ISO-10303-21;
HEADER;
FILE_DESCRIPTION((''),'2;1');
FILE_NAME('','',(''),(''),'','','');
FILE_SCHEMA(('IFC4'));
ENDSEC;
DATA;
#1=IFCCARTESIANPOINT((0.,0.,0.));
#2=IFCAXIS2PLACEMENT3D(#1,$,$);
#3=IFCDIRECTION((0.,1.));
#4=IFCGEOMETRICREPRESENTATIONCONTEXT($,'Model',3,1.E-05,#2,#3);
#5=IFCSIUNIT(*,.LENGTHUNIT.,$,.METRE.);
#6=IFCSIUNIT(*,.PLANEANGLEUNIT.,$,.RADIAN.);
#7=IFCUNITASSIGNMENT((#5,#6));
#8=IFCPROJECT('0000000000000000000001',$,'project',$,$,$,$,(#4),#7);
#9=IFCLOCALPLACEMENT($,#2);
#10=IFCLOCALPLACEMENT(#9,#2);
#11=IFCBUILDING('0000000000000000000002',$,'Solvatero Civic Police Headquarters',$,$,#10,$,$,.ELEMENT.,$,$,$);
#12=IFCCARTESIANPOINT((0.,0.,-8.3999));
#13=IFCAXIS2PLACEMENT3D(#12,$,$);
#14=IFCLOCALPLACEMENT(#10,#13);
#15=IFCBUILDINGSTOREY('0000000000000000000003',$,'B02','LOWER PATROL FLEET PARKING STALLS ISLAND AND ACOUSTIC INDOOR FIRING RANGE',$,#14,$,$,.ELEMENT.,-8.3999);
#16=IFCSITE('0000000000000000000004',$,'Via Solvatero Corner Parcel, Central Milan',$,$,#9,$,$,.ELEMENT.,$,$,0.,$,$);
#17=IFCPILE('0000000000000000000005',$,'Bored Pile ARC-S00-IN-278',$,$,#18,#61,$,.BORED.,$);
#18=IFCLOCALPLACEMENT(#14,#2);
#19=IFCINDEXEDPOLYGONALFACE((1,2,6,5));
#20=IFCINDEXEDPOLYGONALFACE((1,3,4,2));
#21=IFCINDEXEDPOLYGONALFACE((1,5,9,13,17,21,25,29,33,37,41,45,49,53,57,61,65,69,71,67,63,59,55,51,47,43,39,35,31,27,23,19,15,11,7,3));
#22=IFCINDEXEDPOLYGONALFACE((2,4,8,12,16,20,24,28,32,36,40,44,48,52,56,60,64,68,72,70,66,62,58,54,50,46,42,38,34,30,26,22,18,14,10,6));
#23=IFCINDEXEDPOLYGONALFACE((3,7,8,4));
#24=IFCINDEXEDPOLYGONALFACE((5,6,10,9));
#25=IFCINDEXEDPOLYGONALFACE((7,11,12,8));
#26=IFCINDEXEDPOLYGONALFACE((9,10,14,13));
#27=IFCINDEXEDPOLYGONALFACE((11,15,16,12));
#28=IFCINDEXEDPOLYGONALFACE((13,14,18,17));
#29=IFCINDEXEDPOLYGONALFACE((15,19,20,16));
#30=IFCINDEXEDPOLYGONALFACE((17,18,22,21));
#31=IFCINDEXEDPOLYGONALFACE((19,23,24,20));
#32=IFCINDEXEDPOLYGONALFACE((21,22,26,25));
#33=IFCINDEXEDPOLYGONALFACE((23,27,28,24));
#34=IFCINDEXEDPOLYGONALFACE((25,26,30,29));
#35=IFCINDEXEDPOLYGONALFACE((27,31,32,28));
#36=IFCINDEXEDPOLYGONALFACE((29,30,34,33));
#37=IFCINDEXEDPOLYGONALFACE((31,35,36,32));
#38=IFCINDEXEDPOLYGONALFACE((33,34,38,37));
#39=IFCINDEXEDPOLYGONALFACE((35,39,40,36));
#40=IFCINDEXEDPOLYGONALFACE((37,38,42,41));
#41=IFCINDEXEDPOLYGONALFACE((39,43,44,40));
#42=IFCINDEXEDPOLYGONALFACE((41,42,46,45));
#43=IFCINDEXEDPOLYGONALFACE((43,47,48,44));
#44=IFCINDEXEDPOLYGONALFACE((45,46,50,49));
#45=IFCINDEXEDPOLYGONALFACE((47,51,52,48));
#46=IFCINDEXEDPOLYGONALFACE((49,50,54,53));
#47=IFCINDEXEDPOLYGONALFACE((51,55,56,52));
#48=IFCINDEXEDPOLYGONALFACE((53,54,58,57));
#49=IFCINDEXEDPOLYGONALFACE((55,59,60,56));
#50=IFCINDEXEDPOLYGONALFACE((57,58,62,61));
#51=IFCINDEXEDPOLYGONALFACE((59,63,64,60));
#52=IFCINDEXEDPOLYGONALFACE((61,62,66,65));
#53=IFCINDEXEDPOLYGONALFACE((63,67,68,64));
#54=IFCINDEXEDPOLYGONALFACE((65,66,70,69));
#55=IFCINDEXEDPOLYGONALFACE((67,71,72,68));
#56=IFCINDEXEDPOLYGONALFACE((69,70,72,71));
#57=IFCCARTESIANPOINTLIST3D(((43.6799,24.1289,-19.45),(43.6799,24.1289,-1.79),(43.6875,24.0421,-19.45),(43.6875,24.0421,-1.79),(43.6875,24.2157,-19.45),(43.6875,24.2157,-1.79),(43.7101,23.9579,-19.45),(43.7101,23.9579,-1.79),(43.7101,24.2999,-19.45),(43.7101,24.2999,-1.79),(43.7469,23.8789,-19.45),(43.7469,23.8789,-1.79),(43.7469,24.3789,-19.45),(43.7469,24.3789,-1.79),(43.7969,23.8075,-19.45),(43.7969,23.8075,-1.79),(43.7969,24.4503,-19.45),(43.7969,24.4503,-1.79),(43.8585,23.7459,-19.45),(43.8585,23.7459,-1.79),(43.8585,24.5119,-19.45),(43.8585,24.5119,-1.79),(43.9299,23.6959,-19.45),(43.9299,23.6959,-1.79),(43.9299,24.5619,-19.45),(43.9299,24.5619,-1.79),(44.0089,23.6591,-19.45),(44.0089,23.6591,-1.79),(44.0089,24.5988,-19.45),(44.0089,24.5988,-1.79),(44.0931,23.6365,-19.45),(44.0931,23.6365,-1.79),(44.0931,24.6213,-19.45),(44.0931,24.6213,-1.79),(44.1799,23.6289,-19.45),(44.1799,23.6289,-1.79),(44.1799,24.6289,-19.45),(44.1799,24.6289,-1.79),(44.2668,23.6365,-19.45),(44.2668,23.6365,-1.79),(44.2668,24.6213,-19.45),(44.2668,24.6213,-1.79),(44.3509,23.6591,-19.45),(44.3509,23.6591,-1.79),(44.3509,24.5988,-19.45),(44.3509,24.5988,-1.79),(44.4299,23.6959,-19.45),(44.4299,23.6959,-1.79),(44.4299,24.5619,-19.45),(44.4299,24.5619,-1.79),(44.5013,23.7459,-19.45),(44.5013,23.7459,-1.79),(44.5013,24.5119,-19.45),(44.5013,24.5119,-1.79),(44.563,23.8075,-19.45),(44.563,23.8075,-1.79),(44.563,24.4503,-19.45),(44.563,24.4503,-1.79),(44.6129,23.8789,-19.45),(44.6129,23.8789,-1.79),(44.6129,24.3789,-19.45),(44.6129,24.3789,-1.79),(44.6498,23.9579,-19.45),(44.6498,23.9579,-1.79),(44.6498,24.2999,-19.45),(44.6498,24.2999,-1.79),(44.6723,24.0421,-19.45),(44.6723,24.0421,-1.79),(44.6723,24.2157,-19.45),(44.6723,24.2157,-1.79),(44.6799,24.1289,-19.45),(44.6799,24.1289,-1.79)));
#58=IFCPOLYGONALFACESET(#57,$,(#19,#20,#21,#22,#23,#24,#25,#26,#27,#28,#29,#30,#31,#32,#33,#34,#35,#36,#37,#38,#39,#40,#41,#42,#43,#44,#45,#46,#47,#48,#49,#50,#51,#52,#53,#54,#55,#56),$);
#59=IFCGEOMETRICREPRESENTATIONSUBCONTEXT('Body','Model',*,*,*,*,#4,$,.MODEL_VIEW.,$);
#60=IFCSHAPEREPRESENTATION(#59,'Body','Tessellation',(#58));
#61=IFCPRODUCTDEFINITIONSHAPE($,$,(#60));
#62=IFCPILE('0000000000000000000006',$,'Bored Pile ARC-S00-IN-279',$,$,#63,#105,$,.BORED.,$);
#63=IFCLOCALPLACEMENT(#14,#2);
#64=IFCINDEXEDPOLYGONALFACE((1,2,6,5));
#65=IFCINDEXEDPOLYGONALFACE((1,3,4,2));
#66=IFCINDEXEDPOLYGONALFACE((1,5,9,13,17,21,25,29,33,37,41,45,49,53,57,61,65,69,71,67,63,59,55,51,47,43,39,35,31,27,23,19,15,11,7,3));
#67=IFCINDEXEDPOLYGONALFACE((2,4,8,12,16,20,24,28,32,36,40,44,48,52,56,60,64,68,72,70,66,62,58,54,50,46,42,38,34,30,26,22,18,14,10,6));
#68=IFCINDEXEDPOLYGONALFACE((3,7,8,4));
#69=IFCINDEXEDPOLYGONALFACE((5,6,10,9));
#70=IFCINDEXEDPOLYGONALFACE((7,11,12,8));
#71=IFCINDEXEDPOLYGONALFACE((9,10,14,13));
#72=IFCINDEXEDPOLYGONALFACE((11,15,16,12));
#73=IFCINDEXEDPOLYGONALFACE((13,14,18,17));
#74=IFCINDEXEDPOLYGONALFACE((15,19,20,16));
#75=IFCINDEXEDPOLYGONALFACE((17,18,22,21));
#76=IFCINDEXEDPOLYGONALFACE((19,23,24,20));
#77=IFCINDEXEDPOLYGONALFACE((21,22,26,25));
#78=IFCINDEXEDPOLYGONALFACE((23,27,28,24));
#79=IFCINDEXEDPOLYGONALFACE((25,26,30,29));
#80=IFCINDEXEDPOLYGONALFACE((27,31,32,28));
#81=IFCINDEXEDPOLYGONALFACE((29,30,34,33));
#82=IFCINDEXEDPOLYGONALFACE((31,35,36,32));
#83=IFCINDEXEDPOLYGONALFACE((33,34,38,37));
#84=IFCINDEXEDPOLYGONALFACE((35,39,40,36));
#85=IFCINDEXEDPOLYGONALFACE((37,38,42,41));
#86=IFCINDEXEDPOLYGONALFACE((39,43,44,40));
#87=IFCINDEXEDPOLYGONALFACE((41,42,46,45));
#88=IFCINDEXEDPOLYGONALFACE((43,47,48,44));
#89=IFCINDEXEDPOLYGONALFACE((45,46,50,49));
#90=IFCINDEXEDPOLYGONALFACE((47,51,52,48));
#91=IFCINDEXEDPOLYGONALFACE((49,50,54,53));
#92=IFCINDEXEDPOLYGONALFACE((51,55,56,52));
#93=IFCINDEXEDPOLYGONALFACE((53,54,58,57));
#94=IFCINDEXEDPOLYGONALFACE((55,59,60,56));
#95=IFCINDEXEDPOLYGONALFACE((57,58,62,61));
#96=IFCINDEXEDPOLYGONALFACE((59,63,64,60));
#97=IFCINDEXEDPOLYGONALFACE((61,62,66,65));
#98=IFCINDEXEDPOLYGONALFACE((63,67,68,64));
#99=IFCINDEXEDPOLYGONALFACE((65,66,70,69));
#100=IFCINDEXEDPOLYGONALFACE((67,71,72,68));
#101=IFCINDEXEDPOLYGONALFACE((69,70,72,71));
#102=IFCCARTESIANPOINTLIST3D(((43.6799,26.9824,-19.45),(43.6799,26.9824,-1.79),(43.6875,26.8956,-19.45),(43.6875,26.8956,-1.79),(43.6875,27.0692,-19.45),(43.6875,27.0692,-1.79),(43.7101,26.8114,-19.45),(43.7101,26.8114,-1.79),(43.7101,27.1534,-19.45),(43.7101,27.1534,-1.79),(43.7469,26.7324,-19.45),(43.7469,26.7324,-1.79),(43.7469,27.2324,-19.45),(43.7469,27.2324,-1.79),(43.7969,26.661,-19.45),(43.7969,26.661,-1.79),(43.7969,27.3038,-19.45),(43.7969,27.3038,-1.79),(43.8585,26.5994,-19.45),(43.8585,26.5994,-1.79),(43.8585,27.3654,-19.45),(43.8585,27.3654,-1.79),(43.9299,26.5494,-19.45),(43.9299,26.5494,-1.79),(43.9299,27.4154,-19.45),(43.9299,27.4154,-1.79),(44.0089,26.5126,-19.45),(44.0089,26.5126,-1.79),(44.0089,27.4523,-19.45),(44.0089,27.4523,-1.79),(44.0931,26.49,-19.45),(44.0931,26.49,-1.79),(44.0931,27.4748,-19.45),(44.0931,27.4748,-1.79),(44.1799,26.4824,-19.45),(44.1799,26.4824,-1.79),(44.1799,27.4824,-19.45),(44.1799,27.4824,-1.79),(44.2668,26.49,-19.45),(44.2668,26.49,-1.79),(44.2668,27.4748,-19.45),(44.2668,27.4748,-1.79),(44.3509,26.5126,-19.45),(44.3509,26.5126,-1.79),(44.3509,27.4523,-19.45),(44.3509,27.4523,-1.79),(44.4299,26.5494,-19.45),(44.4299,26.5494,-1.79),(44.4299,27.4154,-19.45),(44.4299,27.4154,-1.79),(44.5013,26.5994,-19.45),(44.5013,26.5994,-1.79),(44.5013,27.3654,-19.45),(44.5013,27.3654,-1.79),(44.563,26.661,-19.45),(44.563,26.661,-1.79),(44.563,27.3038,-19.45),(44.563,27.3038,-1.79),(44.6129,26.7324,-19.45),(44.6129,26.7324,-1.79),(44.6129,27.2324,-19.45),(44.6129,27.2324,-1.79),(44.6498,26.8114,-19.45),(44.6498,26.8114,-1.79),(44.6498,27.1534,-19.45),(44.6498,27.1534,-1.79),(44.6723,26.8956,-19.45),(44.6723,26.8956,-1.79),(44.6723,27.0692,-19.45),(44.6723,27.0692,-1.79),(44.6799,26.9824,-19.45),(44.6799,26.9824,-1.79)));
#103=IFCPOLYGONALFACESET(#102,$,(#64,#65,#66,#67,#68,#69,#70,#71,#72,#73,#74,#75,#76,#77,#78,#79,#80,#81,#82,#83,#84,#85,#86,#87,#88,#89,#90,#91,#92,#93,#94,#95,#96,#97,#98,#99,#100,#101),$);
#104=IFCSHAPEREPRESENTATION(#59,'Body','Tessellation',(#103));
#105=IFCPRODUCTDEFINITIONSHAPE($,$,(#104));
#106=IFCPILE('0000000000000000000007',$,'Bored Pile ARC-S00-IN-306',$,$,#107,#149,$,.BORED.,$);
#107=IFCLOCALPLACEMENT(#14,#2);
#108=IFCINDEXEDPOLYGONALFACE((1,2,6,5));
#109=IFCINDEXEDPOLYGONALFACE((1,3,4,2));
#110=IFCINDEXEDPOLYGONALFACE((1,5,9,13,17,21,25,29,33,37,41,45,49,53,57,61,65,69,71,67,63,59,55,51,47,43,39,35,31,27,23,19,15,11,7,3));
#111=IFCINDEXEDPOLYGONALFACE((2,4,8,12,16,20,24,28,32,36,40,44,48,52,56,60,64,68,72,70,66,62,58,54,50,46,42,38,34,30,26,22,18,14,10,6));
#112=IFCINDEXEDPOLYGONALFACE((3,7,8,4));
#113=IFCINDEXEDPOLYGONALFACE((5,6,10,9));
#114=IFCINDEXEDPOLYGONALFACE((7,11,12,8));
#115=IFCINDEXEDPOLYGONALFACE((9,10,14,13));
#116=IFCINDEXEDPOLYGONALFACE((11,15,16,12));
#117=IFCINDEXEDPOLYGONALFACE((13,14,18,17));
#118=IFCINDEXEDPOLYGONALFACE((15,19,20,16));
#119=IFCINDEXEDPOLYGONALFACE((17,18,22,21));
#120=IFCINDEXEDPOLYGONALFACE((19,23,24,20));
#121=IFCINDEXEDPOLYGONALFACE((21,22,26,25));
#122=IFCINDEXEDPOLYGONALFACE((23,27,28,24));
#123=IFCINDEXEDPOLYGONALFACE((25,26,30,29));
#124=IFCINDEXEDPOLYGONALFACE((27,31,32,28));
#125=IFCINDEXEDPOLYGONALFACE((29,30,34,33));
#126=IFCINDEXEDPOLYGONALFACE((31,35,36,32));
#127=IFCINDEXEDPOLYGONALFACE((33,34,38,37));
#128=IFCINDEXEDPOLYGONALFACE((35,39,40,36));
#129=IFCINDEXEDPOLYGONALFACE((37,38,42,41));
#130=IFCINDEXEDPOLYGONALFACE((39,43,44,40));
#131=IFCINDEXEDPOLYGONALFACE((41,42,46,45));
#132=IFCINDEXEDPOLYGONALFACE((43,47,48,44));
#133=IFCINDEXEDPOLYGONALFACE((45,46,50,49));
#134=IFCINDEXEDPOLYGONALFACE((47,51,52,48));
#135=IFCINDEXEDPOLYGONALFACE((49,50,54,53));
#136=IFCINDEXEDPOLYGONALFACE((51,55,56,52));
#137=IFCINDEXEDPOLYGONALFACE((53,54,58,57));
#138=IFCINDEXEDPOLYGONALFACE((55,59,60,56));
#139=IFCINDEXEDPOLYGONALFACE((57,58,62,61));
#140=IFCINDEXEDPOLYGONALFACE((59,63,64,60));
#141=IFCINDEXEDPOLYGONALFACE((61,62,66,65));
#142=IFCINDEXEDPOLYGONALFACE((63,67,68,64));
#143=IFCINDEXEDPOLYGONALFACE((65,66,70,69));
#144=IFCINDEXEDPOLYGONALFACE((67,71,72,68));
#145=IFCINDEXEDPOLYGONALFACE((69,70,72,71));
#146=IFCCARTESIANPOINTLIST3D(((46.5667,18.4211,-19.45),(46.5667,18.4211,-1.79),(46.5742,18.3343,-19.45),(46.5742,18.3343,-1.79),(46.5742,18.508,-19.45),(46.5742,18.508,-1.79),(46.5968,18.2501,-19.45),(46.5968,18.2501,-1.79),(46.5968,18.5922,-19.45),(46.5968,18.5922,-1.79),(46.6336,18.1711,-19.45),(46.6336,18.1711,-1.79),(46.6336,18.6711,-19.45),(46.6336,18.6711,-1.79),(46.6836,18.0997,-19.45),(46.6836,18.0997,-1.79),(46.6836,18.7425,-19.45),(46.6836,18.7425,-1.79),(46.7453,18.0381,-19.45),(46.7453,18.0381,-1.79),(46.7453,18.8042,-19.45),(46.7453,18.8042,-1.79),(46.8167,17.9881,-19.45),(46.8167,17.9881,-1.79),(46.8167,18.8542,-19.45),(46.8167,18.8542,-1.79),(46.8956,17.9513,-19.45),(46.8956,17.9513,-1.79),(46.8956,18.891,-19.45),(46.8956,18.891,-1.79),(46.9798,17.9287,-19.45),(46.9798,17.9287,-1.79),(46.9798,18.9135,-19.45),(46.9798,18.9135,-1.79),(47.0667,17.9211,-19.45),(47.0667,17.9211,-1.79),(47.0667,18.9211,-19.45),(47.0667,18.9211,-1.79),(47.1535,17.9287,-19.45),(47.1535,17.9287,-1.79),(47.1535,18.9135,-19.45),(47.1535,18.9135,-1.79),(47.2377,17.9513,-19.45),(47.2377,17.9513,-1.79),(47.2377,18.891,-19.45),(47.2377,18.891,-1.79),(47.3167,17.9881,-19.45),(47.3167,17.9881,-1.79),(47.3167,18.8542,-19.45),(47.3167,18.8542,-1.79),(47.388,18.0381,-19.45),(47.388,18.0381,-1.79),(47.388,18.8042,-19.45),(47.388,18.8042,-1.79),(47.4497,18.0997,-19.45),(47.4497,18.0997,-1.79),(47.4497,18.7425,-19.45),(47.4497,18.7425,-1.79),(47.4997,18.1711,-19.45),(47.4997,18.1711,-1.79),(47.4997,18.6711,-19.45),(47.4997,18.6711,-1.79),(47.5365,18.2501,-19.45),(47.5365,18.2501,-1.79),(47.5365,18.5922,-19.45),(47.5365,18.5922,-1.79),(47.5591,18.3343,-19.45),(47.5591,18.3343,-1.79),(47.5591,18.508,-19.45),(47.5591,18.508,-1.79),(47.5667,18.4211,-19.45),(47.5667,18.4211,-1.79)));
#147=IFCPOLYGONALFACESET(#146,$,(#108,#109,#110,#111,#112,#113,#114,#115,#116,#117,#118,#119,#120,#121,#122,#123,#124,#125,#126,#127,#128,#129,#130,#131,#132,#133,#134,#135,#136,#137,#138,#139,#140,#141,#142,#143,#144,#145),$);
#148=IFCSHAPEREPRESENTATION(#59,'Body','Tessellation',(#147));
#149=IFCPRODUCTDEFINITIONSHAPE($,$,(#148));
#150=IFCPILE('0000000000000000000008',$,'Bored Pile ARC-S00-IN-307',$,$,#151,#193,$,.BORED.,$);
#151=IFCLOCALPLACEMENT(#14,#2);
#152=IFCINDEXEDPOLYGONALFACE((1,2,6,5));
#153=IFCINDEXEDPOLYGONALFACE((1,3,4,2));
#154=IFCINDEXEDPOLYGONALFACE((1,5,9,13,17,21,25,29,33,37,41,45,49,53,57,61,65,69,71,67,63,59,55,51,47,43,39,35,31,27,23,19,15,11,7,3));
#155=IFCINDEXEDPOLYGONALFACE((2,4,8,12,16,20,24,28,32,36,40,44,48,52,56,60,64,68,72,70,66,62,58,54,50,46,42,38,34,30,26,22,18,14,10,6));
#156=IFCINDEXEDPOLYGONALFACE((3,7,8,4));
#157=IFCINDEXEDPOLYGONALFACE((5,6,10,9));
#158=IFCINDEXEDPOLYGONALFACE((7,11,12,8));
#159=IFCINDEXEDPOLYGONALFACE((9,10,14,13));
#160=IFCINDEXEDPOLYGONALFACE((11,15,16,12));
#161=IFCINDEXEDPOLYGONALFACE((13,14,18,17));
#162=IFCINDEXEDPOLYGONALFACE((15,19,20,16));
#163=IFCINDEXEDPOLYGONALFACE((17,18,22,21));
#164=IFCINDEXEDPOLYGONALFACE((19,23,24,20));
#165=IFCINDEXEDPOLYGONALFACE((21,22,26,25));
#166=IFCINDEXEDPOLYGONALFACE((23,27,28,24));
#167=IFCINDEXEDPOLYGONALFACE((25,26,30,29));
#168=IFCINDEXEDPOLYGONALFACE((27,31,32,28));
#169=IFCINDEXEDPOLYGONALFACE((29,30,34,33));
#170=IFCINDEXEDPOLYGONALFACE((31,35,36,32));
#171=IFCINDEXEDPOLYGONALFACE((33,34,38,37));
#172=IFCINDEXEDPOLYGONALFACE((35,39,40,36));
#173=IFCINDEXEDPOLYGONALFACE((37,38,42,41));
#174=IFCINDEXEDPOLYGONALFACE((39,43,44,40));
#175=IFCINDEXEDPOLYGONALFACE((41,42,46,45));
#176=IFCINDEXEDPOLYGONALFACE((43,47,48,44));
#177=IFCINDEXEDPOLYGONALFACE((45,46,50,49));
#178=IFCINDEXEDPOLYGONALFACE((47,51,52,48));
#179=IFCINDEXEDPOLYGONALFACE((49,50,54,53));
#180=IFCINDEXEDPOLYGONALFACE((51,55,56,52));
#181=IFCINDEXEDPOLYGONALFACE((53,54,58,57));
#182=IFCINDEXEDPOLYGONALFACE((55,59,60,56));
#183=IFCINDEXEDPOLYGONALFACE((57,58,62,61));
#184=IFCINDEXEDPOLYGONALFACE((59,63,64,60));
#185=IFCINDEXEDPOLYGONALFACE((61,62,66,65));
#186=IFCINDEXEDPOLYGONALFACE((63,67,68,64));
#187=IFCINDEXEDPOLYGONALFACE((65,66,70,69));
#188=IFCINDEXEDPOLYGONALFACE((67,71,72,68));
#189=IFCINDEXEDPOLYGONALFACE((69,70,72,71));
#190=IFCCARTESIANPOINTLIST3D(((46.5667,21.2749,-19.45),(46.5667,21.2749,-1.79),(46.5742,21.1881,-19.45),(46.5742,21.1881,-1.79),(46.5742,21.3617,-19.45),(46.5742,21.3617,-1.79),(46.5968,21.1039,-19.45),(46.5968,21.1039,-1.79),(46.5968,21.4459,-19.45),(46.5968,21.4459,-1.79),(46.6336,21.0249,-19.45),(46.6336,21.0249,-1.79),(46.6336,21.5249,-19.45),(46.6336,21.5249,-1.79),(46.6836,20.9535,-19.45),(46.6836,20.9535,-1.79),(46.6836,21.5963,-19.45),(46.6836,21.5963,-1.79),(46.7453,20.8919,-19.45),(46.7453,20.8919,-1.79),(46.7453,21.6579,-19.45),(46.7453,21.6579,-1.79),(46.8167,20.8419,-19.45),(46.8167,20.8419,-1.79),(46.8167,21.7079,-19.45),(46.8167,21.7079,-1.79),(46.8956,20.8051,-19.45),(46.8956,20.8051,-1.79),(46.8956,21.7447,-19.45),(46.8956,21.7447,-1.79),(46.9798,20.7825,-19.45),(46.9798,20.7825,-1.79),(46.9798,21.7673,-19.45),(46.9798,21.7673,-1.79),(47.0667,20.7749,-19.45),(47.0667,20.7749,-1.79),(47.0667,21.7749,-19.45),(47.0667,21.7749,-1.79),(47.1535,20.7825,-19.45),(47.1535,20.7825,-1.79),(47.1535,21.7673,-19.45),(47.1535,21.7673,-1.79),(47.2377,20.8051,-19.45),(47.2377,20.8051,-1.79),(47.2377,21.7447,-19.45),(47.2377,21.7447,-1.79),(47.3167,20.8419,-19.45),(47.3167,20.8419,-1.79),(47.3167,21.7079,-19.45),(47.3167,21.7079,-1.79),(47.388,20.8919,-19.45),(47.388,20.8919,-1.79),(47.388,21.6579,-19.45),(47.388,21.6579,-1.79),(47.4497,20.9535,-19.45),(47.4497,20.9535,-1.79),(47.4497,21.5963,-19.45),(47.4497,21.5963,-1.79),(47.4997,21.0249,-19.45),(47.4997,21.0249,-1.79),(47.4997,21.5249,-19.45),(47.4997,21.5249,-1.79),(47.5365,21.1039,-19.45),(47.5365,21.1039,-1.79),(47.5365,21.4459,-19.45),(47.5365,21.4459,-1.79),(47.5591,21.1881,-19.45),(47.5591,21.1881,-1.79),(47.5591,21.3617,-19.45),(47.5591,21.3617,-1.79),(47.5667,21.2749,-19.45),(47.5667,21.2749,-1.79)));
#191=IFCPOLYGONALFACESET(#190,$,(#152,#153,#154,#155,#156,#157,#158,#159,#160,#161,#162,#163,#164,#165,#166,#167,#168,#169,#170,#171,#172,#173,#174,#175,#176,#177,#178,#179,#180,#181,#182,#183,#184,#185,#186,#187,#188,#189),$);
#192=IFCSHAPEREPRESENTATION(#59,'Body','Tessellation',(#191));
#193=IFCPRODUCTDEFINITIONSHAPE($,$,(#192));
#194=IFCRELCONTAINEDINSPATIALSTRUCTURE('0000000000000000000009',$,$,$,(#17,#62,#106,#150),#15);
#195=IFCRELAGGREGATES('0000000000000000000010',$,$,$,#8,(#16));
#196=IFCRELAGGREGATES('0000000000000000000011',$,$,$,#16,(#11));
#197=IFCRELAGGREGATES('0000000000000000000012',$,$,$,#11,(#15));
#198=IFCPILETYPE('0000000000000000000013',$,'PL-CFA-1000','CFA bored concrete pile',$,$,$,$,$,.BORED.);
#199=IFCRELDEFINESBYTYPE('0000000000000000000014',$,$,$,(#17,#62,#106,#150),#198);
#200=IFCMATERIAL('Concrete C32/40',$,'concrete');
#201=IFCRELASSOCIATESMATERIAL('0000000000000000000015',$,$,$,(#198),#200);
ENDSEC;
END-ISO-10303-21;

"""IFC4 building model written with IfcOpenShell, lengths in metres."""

from ifc_helpers import new_model, si_unit, direction, frame, origin, origin_2d, place, context, subcontext, project, spatial, circle, extrude, material, material_profile, profile_set, type_object, element, save


model = new_model("IFC4")

# Units and contexts
model_context = context("Model", 3, precision=1e-05, world=origin(), true_north=direction((0.0, 1.0)))
body_context = subcontext(model_context, "Body", "Model", "MODEL_VIEW")
ifc_project = project(units=[si_unit("LENGTHUNIT", "METRE"), si_unit("PLANEANGLEUNIT", "RADIAN")], contexts=[model_context])

# Site, building, storey
site_placement = place(None, origin())
site = spatial("IfcSite", under=ifc_project, at=site_placement, Name="Via Solvatero Corner Parcel, Central Milan", CompositionType="ELEMENT", RefElevation=0.0)
building_placement = place(site_placement, origin())
building = spatial("IfcBuilding", under=site, at=building_placement, Name="Solvatero Civic Police Headquarters", CompositionType="ELEMENT")
storey_placement = place(building_placement, frame((0.0, 0.0, -8.3999)))
storey = spatial("IfcBuildingStorey", under=building, at=storey_placement, Name="B02", Description="LOWER PATROL FLEET PARKING STALLS ISLAND AND ACOUSTIC INDOOR FIRING RANGE", CompositionType="ELEMENT", Elevation=-8.3999)

# Piles
ifc_material_1 = material(Name="Concrete C32/40", Category="concrete")
ifc_material_profile_1 = material_profile(ifc_material_1, circle(Radius=0.5, at=origin_2d()), Name="CFA PILE D1000")
ifc_profile_set_1 = profile_set([ifc_material_profile_1], Name="Concrete C32/40")
pile_type = type_object("IfcPileType", Name="PL-CFA-1000", Description="CFA bored concrete pile", PredefinedType="BORED", material=ifc_profile_set_1)
for number, where, z_axis, x_axis, name in (
    (1, (44.1799, 24.1289, -1.79), (0.0, 0.0, -1.0), (1.0, 0.0, 0.0), "Bored Pile ARC-S00-IN-278"),
    (2, (44.1799, 26.9824, -1.79), (0.0, 0.0, -1.0), (1.0, 0.0, 0.0), "Bored Pile ARC-S00-IN-279"),
    (3, (47.0667, 18.4211, -1.79), (0.0, 0.0, -1.0), (1.0, 0.0, 0.0), "Bored Pile ARC-S00-IN-306"),
    (4, (47.0667, 21.2749, -1.79), (0.0, 0.0, -1.0), (1.0, 0.0, 0.0), "Bored Pile ARC-S00-IN-307"),
):
    element("IfcPile", number, at=place(storey_placement, frame(where, z_axis=z_axis, x_axis=x_axis)), inside=storey, type_object=pile_type, Name=name, PredefinedType="BORED", context=body_context, shape_type="SweptSolid", body=[
        extrude(circle(Radius=0.5, at=origin_2d()), origin(), (0.0, 0.0, 1.0), 17.6599),
    ])

save(model, "model.ifc")
